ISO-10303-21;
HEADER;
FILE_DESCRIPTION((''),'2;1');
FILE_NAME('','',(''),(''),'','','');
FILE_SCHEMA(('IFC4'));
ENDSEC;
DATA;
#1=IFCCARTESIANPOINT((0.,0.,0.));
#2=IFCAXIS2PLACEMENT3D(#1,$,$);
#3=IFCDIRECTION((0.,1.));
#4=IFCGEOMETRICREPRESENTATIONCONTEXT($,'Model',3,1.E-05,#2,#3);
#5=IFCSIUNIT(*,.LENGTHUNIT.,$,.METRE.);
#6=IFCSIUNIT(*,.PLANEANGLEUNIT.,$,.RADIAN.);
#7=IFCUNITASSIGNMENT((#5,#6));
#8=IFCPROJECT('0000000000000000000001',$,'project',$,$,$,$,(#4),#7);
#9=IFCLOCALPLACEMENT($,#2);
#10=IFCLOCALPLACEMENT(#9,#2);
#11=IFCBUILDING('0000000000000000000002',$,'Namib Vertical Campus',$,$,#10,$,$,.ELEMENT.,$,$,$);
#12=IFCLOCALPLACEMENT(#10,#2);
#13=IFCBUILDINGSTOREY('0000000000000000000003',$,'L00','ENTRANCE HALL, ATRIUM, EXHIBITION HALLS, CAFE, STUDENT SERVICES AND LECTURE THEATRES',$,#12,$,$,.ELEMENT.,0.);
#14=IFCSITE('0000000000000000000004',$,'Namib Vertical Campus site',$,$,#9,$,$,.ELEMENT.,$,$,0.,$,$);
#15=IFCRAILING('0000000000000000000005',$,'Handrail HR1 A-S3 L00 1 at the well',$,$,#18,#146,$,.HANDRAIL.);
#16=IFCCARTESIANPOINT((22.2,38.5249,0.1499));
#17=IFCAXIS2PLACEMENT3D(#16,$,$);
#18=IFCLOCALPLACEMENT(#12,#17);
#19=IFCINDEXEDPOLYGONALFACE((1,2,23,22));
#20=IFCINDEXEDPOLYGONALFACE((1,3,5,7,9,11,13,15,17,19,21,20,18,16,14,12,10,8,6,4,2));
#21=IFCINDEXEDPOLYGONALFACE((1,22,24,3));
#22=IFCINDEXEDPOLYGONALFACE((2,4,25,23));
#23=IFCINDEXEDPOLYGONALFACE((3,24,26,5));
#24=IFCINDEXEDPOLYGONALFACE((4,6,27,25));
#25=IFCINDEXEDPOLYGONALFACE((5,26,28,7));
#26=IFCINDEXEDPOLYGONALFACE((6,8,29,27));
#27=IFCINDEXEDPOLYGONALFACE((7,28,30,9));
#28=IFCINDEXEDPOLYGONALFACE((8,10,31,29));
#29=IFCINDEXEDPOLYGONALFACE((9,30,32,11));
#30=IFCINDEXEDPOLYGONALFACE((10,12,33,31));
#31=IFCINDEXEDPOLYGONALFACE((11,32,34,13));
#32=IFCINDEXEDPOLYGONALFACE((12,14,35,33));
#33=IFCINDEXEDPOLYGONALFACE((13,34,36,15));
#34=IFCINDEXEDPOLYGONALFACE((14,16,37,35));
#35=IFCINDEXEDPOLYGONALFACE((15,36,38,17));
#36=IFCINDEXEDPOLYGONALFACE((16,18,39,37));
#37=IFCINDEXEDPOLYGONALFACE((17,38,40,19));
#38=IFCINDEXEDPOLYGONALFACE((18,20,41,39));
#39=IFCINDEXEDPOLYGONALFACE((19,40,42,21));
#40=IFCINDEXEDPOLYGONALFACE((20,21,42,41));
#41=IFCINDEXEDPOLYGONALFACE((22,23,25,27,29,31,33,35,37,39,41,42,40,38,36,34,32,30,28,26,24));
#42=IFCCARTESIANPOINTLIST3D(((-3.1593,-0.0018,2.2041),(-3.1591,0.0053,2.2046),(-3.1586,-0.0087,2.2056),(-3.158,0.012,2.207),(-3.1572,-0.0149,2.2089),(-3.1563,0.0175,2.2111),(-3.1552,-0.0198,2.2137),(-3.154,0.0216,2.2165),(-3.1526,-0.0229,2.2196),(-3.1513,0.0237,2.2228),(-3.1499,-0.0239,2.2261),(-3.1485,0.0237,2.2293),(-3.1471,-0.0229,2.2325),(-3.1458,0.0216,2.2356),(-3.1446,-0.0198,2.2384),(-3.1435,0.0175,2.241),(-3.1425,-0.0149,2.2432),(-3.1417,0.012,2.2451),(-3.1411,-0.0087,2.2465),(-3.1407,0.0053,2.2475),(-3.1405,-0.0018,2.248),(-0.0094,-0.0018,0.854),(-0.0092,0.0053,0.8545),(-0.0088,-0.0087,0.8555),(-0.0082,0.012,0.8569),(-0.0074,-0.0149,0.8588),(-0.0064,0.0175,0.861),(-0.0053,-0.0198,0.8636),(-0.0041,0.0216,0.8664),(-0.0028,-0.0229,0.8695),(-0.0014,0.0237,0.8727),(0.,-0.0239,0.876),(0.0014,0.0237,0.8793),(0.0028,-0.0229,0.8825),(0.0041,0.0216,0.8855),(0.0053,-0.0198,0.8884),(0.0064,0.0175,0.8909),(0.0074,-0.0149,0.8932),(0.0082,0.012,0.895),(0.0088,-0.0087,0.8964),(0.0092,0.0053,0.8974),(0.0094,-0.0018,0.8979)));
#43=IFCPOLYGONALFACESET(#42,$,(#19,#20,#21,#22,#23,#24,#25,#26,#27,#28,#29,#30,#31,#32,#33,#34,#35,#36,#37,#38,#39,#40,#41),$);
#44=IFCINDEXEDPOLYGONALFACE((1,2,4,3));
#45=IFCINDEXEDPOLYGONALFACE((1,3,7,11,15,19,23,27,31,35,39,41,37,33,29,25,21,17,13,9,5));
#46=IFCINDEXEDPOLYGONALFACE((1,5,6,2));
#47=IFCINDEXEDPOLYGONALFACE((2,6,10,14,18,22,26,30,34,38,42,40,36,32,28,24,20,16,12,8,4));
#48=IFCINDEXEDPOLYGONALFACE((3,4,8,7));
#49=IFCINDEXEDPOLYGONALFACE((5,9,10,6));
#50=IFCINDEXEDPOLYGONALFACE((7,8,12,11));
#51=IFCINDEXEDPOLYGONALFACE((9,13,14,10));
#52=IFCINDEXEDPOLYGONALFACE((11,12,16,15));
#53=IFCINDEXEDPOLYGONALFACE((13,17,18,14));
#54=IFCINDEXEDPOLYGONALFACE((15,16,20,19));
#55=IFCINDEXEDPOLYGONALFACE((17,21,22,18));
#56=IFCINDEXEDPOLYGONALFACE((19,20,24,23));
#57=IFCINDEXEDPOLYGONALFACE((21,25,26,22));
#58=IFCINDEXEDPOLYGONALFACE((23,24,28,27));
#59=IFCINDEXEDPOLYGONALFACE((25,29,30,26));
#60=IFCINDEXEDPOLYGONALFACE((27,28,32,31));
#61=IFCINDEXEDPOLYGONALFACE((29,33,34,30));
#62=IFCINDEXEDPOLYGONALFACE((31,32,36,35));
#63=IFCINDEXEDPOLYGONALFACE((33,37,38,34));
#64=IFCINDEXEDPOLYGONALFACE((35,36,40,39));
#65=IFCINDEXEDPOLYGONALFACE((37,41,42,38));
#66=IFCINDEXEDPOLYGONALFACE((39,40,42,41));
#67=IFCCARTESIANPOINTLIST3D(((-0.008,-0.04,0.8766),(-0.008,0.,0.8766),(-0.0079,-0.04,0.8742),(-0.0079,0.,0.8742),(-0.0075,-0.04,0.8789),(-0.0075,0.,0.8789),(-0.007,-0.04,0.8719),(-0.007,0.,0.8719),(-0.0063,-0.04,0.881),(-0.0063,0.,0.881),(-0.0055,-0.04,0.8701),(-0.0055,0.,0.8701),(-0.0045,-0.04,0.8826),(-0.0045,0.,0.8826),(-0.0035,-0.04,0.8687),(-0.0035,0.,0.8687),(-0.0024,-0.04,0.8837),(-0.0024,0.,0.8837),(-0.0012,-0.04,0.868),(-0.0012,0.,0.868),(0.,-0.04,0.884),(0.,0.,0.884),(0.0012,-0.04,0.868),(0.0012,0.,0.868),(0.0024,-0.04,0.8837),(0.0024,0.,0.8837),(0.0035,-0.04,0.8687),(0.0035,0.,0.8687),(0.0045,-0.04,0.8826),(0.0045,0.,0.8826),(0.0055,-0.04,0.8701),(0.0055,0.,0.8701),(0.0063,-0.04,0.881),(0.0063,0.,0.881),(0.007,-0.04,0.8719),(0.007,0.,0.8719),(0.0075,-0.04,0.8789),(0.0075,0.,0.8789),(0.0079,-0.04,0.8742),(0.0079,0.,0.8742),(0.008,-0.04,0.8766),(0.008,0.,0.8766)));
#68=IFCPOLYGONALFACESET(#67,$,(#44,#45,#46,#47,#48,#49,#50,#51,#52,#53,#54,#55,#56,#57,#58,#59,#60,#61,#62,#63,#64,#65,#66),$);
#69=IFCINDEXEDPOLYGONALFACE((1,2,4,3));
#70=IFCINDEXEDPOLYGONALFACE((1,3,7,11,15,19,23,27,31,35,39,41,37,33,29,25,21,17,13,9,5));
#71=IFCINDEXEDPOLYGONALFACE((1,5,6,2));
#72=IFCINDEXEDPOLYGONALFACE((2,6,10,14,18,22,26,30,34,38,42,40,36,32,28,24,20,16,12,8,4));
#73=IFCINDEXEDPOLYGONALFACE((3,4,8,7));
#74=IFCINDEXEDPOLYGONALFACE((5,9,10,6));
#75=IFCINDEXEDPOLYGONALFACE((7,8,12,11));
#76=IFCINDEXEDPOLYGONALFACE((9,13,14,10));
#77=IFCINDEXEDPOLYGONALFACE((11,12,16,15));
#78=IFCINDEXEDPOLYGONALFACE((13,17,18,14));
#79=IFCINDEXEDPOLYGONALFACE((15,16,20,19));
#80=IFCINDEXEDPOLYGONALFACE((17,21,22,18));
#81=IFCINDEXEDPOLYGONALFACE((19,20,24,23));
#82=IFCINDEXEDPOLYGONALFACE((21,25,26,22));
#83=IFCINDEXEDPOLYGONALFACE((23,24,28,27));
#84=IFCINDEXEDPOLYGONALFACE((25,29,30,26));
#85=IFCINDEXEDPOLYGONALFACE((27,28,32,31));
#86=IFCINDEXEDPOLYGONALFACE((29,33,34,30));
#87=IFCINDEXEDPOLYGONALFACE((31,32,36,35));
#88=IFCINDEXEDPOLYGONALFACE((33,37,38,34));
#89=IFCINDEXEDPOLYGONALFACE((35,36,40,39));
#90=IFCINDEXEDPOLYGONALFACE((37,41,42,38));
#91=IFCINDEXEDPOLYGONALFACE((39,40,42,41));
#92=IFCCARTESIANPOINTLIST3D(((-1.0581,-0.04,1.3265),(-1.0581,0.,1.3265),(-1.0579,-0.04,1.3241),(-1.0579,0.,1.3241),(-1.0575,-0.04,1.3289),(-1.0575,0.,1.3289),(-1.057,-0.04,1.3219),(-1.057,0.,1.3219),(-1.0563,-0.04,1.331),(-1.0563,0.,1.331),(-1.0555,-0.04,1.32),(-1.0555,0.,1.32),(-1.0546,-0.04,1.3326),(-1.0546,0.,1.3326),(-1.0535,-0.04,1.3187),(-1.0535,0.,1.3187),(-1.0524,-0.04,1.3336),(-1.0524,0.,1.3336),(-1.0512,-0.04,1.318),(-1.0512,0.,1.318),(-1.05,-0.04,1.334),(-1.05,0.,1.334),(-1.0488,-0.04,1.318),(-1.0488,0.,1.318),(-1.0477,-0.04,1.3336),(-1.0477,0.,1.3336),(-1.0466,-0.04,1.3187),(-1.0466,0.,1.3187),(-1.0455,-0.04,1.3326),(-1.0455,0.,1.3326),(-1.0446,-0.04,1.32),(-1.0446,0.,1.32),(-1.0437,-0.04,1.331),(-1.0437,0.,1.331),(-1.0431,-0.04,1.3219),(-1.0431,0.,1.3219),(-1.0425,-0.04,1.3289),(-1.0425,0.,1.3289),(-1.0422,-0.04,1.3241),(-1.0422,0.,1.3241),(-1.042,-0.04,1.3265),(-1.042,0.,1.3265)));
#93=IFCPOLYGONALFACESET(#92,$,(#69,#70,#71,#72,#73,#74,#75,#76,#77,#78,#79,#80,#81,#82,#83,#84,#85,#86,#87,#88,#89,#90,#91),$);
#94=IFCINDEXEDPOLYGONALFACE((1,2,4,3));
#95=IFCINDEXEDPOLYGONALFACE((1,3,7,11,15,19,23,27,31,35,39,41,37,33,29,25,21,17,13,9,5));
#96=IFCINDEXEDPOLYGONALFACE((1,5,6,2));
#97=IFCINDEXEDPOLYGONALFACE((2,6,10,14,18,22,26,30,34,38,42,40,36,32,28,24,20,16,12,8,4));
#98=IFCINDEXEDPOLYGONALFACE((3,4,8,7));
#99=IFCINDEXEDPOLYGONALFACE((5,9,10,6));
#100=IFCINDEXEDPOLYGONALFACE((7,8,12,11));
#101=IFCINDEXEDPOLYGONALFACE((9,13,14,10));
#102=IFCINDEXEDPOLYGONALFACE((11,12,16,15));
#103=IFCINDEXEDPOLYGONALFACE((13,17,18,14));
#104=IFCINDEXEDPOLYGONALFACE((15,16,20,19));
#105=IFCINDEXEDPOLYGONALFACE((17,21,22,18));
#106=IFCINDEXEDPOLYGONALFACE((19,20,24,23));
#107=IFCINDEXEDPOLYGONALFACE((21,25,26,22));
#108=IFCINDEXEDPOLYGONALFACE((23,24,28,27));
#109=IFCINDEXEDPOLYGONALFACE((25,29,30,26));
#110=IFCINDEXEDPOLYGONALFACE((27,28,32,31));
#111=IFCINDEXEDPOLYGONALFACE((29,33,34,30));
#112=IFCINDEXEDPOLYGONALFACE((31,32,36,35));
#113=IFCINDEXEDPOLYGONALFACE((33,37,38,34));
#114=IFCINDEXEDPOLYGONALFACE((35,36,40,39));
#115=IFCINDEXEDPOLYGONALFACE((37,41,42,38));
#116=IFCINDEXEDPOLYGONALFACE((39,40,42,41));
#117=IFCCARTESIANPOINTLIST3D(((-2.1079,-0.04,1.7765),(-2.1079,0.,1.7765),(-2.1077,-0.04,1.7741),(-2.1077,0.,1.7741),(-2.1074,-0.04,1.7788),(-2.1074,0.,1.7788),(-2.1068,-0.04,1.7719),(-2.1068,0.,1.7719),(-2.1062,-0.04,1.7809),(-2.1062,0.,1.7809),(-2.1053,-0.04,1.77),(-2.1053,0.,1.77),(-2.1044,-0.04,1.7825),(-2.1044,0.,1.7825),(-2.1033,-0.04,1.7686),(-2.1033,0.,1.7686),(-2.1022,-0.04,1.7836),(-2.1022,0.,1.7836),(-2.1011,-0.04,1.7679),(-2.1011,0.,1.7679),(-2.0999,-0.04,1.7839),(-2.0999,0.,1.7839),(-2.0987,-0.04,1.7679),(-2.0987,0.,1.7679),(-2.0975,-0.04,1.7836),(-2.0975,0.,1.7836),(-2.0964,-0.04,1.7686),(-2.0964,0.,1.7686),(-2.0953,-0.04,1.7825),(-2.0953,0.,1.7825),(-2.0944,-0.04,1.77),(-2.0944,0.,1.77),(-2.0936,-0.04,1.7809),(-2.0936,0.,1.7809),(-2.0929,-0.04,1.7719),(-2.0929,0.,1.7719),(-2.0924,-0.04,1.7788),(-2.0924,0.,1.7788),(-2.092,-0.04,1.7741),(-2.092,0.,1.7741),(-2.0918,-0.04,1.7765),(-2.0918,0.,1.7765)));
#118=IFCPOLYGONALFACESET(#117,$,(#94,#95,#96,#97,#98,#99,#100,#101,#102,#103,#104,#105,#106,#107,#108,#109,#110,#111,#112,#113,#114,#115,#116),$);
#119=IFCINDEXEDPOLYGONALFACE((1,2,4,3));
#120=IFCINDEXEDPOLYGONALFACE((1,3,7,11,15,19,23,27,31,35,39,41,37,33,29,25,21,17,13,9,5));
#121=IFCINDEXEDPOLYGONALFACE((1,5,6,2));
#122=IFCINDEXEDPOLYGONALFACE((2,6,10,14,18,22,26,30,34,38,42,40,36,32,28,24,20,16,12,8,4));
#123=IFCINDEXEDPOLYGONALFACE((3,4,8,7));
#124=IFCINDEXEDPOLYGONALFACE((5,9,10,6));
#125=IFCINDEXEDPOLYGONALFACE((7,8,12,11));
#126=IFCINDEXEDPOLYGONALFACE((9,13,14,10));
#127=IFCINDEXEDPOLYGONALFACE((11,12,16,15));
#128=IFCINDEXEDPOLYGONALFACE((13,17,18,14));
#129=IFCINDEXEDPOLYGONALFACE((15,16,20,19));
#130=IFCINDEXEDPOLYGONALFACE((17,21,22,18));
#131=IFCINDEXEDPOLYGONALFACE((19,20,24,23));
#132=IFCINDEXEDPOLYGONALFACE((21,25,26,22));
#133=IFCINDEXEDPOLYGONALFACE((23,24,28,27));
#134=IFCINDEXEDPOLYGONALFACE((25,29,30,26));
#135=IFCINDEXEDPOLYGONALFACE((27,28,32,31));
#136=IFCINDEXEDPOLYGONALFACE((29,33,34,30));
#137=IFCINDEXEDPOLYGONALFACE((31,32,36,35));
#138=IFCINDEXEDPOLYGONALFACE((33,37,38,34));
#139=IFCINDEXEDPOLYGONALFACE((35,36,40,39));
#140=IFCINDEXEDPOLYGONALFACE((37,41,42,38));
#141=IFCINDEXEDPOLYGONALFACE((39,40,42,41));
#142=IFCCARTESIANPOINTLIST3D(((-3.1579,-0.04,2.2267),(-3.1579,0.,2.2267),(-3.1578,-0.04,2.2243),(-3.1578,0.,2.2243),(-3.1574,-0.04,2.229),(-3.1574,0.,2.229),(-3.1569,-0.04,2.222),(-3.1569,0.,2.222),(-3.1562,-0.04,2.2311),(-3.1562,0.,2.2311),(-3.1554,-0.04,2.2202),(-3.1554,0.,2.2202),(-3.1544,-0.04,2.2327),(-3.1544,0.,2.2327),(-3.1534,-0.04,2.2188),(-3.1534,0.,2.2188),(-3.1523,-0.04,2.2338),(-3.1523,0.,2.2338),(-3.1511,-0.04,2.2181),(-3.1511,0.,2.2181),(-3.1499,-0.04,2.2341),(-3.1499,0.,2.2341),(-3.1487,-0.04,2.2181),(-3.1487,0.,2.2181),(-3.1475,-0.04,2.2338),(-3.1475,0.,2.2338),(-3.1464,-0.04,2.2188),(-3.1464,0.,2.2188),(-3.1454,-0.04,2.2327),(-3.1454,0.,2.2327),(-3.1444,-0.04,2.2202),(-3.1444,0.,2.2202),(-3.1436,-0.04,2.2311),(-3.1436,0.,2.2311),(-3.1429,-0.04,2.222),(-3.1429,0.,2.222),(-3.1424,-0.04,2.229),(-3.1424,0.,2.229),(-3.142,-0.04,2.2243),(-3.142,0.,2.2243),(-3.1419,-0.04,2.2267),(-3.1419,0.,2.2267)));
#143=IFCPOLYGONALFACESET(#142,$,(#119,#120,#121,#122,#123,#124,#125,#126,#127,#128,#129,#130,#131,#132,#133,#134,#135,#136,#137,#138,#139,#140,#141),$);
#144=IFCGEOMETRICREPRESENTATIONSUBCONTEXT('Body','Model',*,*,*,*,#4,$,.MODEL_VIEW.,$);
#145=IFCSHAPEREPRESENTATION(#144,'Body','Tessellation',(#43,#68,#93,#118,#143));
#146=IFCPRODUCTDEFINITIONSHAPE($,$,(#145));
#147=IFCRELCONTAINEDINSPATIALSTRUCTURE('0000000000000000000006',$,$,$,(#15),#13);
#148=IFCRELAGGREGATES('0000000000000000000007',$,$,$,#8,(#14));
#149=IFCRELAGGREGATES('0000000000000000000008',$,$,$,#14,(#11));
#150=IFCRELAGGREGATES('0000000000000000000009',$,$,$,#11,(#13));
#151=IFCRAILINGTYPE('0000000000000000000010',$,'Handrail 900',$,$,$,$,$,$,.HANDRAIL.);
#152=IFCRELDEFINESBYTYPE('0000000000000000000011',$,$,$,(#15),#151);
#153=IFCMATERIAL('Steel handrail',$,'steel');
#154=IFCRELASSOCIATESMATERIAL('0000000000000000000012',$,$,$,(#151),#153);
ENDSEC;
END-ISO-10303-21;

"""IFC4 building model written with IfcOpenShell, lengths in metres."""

from ifc_helpers import new_model, si_unit, direction, frame, origin, origin_2d, place, context, subcontext, project, spatial, circle, extrude, material, type_object, element, save


model = new_model("IFC4")

# Units and contexts
model_context = context("Model", 3, precision=1e-05, world=origin(), true_north=direction((0.0, 1.0)))
body_context = subcontext(model_context, "Body", "Model", "MODEL_VIEW")
ifc_project = project(units=[si_unit("LENGTHUNIT", "METRE"), si_unit("PLANEANGLEUNIT", "RADIAN")], contexts=[model_context])

# Site, building, storey
site_placement = place(None, origin())
site = spatial("IfcSite", under=ifc_project, at=site_placement, Name="Namib Vertical Campus site", CompositionType="ELEMENT", RefElevation=0.0)
building_placement = place(site_placement, origin())
building = spatial("IfcBuilding", under=site, at=building_placement, Name="Namib Vertical Campus", CompositionType="ELEMENT")
storey_placement = place(building_placement, origin())
storey = spatial("IfcBuildingStorey", under=building, at=storey_placement, Name="L00", Description="ENTRANCE HALL, ATRIUM, EXHIBITION HALLS, CAFE, STUDENT SERVICES AND LECTURE THEATRES", CompositionType="ELEMENT", Elevation=0.0)

# Railing
ifc_material_1 = material(Name="Steel handrail", Category="steel")
railing_type_1 = type_object("IfcRailingType", Name="Handrail 900", PredefinedType="HANDRAIL", material=ifc_material_1)
for number, where, name in (
    (1, (22.2, 38.5249, 0.1499), "Handrail HR1 A-S3 L00 1 at the well"),
):
    element("IfcRailing", number, at=place(storey_placement, frame(where)), inside=storey, type_object=railing_type_1, Name=name, PredefinedType="HANDRAIL", context=body_context, shape_type="SweptSolid", body=[
        extrude(circle(Radius=0.0239, at=origin_2d()), frame((0.0, 0.0, 0.876), z_axis=(-0.91913, 0.0, 0.393954), x_axis=(0.0, -1.0, 0.0)), (0.0, 0.0, 1.0), 3.427),
        extrude(circle(Radius=0.0081, at=origin_2d()), frame((0.0, 0.0, 0.876), z_axis=(0.0, -1.0, 0.0), x_axis=(0.0, 0.0, 1.0)), (0.0, 0.0, 1.0), 0.04),
        extrude(circle(Radius=0.0081, at=origin_2d()), frame((-1.05, 0.0, 1.3259), z_axis=(0.0, -1.0, 0.0), x_axis=(0.0, 0.0, 1.0)), (0.0, 0.0, 1.0), 0.04),
        extrude(circle(Radius=0.0081, at=origin_2d()), frame((-2.0999, 0.0, 1.7759), z_axis=(0.0, -1.0, 0.0), x_axis=(0.0, 0.0, 1.0)), (0.0, 0.0, 1.0), 0.04),
        extrude(circle(Radius=0.0081, at=origin_2d()), frame((-3.1499, 0.0, 2.2261), z_axis=(0.0, -1.0, 0.0), x_axis=(0.0, 0.0, 1.0)), (0.0, 0.0, 1.0), 0.04),
    ])

save(model, "model.ifc")
